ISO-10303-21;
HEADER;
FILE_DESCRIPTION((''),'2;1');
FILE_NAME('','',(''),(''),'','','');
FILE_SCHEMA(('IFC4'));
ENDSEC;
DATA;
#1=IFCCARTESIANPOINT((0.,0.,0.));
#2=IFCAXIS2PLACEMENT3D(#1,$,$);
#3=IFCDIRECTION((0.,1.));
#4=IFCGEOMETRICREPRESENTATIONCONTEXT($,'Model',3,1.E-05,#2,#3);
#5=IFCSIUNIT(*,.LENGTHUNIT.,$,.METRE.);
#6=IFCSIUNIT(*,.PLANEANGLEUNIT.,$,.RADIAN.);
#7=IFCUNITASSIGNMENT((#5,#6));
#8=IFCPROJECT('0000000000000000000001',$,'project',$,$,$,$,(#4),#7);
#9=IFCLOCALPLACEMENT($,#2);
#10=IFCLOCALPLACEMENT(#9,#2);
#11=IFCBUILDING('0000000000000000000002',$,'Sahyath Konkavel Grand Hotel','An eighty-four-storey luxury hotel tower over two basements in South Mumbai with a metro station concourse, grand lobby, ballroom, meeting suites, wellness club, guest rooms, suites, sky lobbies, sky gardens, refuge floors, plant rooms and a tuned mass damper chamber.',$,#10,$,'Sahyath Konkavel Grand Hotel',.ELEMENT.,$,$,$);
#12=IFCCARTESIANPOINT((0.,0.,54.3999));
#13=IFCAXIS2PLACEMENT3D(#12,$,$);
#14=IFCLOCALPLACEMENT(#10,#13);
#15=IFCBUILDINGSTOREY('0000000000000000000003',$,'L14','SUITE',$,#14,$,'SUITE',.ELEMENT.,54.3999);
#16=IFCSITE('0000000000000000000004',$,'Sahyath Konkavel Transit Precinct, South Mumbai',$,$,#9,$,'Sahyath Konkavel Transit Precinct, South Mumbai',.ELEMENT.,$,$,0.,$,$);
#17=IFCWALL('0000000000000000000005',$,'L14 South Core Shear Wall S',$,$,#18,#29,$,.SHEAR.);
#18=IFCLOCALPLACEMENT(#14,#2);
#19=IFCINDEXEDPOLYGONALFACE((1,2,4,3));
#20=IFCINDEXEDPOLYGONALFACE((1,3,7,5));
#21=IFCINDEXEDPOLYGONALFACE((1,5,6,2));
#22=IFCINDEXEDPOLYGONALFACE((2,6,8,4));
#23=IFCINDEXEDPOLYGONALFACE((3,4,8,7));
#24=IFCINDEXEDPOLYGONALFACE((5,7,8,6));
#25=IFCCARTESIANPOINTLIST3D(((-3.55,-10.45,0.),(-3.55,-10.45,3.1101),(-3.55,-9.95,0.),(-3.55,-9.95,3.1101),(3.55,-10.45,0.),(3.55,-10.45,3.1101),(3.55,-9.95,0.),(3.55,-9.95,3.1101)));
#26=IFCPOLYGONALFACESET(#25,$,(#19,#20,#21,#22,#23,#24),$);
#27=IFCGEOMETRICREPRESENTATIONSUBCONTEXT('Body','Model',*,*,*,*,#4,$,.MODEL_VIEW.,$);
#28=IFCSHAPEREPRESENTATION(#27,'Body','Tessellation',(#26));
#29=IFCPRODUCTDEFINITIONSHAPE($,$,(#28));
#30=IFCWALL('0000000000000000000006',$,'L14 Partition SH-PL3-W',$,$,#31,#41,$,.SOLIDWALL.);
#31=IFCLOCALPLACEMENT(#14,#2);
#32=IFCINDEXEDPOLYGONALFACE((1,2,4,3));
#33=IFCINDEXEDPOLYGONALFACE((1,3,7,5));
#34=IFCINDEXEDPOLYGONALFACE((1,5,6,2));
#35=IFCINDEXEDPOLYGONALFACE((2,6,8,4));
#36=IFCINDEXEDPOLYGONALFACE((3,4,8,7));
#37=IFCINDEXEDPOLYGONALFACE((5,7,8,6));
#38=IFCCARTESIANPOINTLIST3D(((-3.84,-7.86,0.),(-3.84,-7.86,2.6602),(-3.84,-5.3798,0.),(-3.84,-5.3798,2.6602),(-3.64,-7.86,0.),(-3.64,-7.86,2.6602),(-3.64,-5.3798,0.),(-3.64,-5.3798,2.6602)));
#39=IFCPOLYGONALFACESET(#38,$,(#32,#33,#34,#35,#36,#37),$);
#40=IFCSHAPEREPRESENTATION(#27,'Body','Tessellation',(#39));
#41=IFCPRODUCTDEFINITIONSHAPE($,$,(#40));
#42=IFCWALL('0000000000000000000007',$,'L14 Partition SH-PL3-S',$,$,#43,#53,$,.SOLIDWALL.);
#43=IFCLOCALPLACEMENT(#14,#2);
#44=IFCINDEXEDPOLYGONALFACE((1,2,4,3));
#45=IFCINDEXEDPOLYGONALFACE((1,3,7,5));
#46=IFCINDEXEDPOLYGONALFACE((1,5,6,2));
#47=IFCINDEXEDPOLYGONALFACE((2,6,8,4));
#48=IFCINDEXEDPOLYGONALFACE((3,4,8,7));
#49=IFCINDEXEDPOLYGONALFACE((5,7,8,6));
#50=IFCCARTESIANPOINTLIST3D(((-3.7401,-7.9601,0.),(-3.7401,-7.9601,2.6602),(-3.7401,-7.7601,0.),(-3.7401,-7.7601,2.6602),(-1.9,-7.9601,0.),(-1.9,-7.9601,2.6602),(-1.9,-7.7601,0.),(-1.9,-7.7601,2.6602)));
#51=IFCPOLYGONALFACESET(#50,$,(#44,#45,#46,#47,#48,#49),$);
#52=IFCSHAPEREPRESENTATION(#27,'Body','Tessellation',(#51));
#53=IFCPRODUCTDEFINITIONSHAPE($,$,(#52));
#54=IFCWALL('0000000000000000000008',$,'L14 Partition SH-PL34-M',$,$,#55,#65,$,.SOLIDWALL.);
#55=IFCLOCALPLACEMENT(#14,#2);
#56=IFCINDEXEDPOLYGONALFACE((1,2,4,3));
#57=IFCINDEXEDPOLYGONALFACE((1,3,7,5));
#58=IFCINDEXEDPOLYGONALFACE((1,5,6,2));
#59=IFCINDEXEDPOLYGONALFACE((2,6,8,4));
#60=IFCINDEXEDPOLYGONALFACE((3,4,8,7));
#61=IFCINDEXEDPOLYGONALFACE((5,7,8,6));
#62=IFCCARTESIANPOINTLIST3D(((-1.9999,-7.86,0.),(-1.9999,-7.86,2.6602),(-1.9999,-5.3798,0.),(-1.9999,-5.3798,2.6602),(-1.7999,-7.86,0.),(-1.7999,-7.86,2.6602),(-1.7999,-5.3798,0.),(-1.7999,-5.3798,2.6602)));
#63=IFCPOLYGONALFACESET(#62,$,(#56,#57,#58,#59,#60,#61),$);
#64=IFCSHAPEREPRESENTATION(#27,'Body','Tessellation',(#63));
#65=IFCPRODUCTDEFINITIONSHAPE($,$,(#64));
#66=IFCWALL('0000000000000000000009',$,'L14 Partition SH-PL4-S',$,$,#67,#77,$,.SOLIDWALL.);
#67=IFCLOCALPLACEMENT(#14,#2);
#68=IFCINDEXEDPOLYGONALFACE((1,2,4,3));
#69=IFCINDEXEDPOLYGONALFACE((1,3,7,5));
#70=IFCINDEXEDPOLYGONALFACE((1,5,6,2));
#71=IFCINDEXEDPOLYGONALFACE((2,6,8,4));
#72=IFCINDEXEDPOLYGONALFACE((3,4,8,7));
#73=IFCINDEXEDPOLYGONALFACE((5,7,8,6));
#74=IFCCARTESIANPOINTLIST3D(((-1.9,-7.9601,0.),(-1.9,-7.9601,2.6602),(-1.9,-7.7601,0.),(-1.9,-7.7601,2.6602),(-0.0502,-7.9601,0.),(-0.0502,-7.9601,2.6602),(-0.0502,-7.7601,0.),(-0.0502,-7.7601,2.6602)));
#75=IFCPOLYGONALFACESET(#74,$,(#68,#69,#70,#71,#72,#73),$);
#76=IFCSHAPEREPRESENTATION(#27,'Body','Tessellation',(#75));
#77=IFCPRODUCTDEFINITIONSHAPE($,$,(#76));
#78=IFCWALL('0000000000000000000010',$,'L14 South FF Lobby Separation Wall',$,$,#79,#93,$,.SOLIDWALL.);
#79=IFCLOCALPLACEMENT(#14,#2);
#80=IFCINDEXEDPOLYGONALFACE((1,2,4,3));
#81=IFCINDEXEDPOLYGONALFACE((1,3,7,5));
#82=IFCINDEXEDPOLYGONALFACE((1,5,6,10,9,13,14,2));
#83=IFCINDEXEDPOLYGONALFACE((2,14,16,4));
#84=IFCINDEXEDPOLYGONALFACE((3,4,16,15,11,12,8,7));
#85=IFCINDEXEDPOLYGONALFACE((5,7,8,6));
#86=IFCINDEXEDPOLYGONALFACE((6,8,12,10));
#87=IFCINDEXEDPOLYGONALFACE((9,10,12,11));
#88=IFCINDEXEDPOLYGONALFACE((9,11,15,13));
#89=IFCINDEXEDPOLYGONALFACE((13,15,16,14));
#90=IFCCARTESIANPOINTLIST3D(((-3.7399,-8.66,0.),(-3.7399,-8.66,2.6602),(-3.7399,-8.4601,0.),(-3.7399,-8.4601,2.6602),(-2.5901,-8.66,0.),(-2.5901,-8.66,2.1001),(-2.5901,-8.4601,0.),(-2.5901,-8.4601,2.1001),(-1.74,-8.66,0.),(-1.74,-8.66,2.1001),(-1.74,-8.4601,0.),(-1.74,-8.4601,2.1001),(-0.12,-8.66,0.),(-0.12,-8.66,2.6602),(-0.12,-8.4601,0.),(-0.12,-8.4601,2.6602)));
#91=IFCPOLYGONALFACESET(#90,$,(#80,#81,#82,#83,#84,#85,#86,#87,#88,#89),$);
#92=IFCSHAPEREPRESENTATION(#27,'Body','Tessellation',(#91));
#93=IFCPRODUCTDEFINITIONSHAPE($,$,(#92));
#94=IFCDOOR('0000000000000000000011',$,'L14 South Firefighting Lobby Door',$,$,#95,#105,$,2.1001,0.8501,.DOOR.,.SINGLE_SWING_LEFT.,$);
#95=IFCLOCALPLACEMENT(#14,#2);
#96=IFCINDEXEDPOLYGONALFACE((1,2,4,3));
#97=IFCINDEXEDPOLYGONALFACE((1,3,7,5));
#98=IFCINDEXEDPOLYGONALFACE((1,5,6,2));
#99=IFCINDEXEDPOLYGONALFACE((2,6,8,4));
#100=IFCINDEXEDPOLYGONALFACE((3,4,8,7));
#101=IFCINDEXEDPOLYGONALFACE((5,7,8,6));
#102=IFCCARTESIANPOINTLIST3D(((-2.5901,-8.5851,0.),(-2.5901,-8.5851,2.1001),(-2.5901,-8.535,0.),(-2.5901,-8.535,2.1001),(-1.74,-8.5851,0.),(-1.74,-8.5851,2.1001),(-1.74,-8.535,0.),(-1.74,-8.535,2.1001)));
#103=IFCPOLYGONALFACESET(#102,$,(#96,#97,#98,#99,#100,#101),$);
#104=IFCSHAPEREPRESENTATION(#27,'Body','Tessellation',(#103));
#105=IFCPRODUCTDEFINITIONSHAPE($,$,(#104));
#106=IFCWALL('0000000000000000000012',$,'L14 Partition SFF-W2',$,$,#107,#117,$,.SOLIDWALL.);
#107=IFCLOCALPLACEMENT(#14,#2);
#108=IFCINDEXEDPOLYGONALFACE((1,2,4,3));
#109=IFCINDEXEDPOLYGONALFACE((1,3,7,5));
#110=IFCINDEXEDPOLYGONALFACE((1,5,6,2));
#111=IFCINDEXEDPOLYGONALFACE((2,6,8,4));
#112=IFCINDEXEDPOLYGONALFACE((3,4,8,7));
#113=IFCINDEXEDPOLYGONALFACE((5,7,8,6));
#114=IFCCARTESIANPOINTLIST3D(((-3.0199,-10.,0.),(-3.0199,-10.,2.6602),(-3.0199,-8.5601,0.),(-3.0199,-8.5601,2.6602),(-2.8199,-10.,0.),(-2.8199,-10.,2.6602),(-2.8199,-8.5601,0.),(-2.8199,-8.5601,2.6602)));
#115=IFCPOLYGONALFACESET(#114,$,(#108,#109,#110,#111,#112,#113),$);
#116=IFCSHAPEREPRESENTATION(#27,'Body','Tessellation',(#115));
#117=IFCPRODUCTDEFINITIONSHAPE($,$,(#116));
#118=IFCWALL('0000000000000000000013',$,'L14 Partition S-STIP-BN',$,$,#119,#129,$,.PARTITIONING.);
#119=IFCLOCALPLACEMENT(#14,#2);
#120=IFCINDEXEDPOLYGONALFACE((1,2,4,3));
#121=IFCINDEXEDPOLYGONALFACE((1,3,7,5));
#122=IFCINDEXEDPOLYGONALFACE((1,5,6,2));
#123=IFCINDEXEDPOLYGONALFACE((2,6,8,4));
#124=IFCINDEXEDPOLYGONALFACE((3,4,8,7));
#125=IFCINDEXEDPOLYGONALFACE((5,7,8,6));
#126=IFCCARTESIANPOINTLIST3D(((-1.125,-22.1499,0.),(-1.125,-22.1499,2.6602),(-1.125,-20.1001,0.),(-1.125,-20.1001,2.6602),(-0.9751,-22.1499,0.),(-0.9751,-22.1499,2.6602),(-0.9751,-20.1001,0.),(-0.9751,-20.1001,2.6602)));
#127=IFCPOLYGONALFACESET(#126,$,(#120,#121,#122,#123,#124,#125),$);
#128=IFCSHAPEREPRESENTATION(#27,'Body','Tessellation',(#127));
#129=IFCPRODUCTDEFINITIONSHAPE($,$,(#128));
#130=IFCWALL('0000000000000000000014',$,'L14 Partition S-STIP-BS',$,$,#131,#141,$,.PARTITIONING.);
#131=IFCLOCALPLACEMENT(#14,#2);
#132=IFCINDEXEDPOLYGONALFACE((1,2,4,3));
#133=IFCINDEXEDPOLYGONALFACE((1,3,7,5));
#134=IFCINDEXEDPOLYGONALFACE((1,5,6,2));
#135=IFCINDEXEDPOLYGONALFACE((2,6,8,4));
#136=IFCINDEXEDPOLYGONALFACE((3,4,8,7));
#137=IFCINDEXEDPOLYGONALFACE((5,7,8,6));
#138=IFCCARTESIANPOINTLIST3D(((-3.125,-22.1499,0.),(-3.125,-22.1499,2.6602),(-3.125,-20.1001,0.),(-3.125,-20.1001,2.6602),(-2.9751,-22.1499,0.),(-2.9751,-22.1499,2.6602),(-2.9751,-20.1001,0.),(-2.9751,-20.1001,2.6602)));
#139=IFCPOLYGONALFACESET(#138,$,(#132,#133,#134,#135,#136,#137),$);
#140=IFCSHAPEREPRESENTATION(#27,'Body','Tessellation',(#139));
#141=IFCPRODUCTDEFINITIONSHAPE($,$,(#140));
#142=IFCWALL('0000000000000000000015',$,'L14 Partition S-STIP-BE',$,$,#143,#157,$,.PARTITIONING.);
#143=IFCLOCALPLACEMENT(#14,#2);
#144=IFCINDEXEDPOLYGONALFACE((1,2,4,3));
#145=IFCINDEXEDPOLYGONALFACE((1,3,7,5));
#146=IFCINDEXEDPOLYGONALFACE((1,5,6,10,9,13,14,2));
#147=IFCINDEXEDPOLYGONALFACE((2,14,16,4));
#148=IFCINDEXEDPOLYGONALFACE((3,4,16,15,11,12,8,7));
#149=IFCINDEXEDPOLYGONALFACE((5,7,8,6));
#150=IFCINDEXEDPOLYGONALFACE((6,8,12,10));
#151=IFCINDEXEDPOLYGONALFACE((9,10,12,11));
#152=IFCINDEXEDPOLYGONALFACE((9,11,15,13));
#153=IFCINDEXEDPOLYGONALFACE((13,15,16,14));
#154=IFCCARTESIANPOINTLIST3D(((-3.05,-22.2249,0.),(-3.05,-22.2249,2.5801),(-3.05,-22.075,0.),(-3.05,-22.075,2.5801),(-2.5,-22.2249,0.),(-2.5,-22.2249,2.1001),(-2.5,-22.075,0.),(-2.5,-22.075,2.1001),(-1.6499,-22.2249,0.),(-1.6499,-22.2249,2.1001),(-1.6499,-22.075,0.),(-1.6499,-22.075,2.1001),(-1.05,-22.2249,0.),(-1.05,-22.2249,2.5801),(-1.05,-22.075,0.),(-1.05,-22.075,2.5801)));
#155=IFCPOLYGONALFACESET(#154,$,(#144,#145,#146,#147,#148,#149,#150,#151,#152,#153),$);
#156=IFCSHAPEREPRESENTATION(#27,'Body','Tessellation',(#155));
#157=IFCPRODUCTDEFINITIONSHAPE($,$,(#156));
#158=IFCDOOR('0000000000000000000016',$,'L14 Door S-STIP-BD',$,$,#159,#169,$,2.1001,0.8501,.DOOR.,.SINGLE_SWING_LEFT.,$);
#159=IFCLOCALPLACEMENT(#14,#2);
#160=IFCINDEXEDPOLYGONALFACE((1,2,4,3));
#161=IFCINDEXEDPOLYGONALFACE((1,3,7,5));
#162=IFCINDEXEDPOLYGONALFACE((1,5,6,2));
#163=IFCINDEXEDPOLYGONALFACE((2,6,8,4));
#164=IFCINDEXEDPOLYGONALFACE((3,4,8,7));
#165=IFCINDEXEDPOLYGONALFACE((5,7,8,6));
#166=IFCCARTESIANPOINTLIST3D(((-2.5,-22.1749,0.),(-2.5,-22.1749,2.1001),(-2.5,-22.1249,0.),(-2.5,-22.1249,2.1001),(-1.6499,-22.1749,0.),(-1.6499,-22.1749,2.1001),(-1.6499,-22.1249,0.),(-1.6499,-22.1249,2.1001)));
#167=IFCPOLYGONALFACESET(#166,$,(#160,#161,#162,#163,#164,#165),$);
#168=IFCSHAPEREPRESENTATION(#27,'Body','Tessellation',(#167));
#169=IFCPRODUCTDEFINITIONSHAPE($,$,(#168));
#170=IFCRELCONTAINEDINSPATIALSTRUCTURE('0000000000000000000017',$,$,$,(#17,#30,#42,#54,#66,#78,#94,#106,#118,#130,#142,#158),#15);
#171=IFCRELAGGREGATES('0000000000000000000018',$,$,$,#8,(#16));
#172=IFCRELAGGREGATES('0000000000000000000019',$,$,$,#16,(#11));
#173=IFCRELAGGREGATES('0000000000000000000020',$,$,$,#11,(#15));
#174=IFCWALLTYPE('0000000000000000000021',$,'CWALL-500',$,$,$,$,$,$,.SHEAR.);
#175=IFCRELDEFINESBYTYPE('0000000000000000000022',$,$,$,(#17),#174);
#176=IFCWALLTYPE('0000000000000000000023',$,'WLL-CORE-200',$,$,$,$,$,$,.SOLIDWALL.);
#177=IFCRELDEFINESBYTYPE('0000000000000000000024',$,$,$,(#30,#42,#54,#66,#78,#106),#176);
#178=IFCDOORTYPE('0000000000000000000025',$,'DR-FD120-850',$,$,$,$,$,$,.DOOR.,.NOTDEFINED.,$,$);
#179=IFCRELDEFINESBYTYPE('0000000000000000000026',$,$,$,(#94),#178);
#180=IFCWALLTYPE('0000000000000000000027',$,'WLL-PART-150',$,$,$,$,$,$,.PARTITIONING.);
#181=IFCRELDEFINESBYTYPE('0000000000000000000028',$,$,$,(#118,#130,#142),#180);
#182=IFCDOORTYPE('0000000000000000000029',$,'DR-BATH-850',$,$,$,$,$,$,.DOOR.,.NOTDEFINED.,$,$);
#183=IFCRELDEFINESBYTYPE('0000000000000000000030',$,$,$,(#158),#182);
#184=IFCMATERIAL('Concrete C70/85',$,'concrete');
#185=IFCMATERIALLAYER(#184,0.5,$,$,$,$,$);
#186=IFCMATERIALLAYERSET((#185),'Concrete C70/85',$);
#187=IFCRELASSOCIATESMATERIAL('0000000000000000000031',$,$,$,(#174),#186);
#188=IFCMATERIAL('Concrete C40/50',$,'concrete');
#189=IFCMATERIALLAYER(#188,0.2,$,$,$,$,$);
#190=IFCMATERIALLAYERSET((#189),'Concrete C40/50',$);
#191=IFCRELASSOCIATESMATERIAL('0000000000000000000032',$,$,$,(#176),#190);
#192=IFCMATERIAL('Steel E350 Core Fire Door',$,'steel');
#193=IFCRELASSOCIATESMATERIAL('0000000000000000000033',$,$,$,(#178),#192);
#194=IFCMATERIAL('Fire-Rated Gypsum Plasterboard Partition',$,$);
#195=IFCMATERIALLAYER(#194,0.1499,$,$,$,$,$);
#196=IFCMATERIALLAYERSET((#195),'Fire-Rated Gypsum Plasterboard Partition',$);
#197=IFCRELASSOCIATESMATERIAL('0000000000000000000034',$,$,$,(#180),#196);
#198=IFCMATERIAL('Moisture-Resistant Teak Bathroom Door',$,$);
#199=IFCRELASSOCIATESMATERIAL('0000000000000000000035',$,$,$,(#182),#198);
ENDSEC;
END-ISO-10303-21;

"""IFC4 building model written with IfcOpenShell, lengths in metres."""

from ifc_helpers import new_model, si_unit, direction, frame, frame_2d, origin, origin_2d, place, context, subcontext, project, spatial, rectangle, extrude, source, transform, mapped, material, layer, layer_set, type_object, element, fill, save


model = new_model("IFC4")

# Units and contexts
model_context = context("Model", 3, precision=1e-05, world=origin(), true_north=direction((0.0, 1.0)))
body_context = subcontext(model_context, "Body", "Model", "MODEL_VIEW")
ifc_project = project(units=[si_unit("LENGTHUNIT", "METRE"), si_unit("PLANEANGLEUNIT", "RADIAN")], contexts=[model_context])

# Site, building, storey
site_placement = place(None, origin())
site = spatial("IfcSite", under=ifc_project, at=site_placement, Name="Sahyath Konkavel Transit Precinct, South Mumbai", LongName="Sahyath Konkavel Transit Precinct, South Mumbai", CompositionType="ELEMENT", RefElevation=0.0)
building_placement = place(site_placement, origin())
building = spatial("IfcBuilding", under=site, at=building_placement, Name="Sahyath Konkavel Grand Hotel", Description="An eighty-four-storey luxury hotel tower over two basements in South Mumbai with a metro station concourse, grand lobby, ballroom, meeting suites, wellness club, guest rooms, suites, sky lobbies, sky gardens, refuge floors, plant rooms and a tuned mass damper chamber.", LongName="Sahyath Konkavel Grand Hotel", CompositionType="ELEMENT")
storey_placement = place(building_placement, frame((0.0, 0.0, 54.3999)))
storey = spatial("IfcBuildingStorey", under=building, at=storey_placement, Name="L14", Description="SUITE", LongName="SUITE", CompositionType="ELEMENT", Elevation=54.3999)

# Shared definitions
ifc_material_1 = material(Name="Concrete C70/85", Category="concrete")

# Walls
ifc_layer_1 = layer(ifc_material_1, 0.5)
ifc_layer_set_1 = layer_set([ifc_layer_1], Name="Concrete C70/85")
wall_type_1 = type_object("IfcWallType", Name="CWALL-500", PredefinedType="SHEAR", material=ifc_layer_set_1)
wall_1_placement = place(storey_placement, frame((-3.55, -10.2, 0.0), z_axis=(0.0, 0.0, 1.0), x_axis=(1.0, 0.0, 0.0)))
element("IfcWall", 1, at=wall_1_placement, inside=storey, type_object=wall_type_1, Name="L14 South Core Shear Wall S", PredefinedType="SHEAR", context=body_context, shape_type="SweptSolid", body=[
    extrude(rectangle(XDim=7.1001, YDim=0.5, at=frame_2d((3.55, 0.0))), origin(), (0.0, 0.0, 1.0), 3.1101),
])
ifc_material_2 = material(Name="Concrete C40/50", Category="concrete")
ifc_layer_2 = layer(ifc_material_2, 0.2)
ifc_layer_set_2 = layer_set([ifc_layer_2], Name="Concrete C40/50")
wall_type_2 = type_object("IfcWallType", Name="WLL-CORE-200", PredefinedType="SOLIDWALL", material=ifc_layer_set_2)
wall_2_placement = place(storey_placement, frame((-3.74, -7.8601, 0.0), z_axis=(0.0, 0.0, 1.0), x_axis=(0.0, 1.0, 0.0)))
element("IfcWall", 2, at=wall_2_placement, inside=storey, type_object=wall_type_2, Name="L14 Partition SH-PL3-W", PredefinedType="SOLIDWALL", context=body_context, shape_type="SweptSolid", body=[
    extrude(rectangle(XDim=2.4802, YDim=0.2, at=frame_2d((1.2402, 0.0))), origin(), (0.0, 0.0, 1.0), 2.6602),
])
wall_3_placement = place(storey_placement, frame((-3.74, -7.8601, 0.0), z_axis=(0.0, 0.0, 1.0), x_axis=(1.0, 0.0, 0.0)))
element("IfcWall", 3, at=wall_3_placement, inside=storey, type_object=wall_type_2, Name="L14 Partition SH-PL3-S", PredefinedType="SOLIDWALL", context=body_context, shape_type="SweptSolid", body=[
    extrude(rectangle(XDim=1.8401, YDim=0.2, at=frame_2d((0.9199, 0.0))), origin(), (0.0, 0.0, 1.0), 2.6602),
])
wall_4_placement = place(storey_placement, frame((-1.8999, -7.8601, 0.0), z_axis=(0.0, 0.0, 1.0), x_axis=(0.0, 1.0, 0.0)))
element("IfcWall", 4, at=wall_4_placement, inside=storey, type_object=wall_type_2, Name="L14 Partition SH-PL34-M", PredefinedType="SOLIDWALL", context=body_context, shape_type="SweptSolid", body=[
    extrude(rectangle(XDim=2.4802, YDim=0.2, at=frame_2d((1.2402, 0.0))), origin(), (0.0, 0.0, 1.0), 2.6602),
])
wall_5_placement = place(storey_placement, frame((-1.8999, -7.8601, 0.0), z_axis=(0.0, 0.0, 1.0), x_axis=(1.0, 0.0, 0.0)))
element("IfcWall", 5, at=wall_5_placement, inside=storey, type_object=wall_type_2, Name="L14 Partition SH-PL4-S", PredefinedType="SOLIDWALL", context=body_context, shape_type="SweptSolid", body=[
    extrude(rectangle(XDim=1.8499, YDim=0.2, at=frame_2d((0.9248, 0.0))), origin(), (0.0, 0.0, 1.0), 2.6602),
])

# Wall, opening, door
wall_6_placement = place(storey_placement, frame((-3.74, -8.5601, 0.0), z_axis=(0.0, 0.0, 1.0), x_axis=(1.0, 0.0, 0.0)))
wall_6 = element("IfcWall", 6, at=wall_6_placement, inside=storey, type_object=wall_type_2, Name="L14 South FF Lobby Separation Wall", PredefinedType="SOLIDWALL", context=body_context, shape_type="SweptSolid", body=[
    extrude(rectangle(XDim=3.6199, YDim=0.2, at=frame_2d((1.8101, 0.0))), origin(), (0.0, 0.0, 1.0), 2.6602),
])
opening_1_placement = place(wall_6_placement, frame((1.1499, 0.0, 0.0)))
opening_1 = element("IfcOpeningElement", 7, at=opening_1_placement, cuts=wall_6, PredefinedType="OPENING", context=body_context, shape_type="SweptSolid", body=[
    extrude(rectangle(XDim=0.8501, YDim=2.1001, at=frame_2d((0.425, 1.05))), frame((0.0, 0.1099, 0.0), z_axis=(0.0, -1.0, 0.0), x_axis=(1.0, 0.0, 0.0)), (0.0, 0.0, 1.0), 0.22),
])
ifc_material_3 = material(Name="Steel E350 Core Fire Door", Category="steel")
door_type_1 = type_object("IfcDoorType", Name="DR-FD120-850", OperationType="NOTDEFINED", PredefinedType="DOOR", material=ifc_material_3)
shared_shape_1 = source(origin(), body_context, "Body", "SweptSolid", [
    extrude(rectangle(XDim=0.8501, YDim=0.05, at=origin_2d()), origin(), (0.0, 0.0, 1.0), 2.1001),
])
door_1_placement = place(opening_1_placement, frame((0.425, 0.0, 0.0)))
door_1 = element("IfcDoor", 8, at=door_1_placement, inside=storey, type_object=door_type_1, Name="L14 South Firefighting Lobby Door", OperationType="SINGLE_SWING_LEFT", OverallHeight=2.1001, OverallWidth=0.8501, PredefinedType="DOOR", context=body_context, shape_type="MappedRepresentation", body=[
    mapped(shared_shape_1, transform((0.0, 0.0, 0.0), scale=1.0)),
])
fill(opening_1, door_1)

# Walls
wall_7_placement = place(storey_placement, frame((-2.9199, -10.0, 0.0), z_axis=(0.0, 0.0, 1.0), x_axis=(0.0, 1.0, 0.0)))
element("IfcWall", 9, at=wall_7_placement, inside=storey, type_object=wall_type_2, Name="L14 Partition SFF-W2", PredefinedType="SOLIDWALL", context=body_context, shape_type="SweptSolid", body=[
    extrude(rectangle(XDim=1.4399, YDim=0.2, at=frame_2d((0.72, 0.0))), origin(), (0.0, 0.0, 1.0), 2.6602),
])
ifc_material_4 = material(Name="Fire-Rated Gypsum Plasterboard Partition")
ifc_layer_3 = layer(ifc_material_4, 0.1499)
ifc_layer_set_3 = layer_set([ifc_layer_3], Name="Fire-Rated Gypsum Plasterboard Partition")
wall_type_3 = type_object("IfcWallType", Name="WLL-PART-150", PredefinedType="PARTITIONING", material=ifc_layer_set_3)
for number, where, z_axis, x_axis, name in (
    (10, (-1.05, -20.1001, 0.0), (0.0, 0.0, 1.0), (0.0, -1.0, 0.0), "L14 Partition S-STIP-BN"),
    (11, (-3.05, -20.1001, 0.0), (0.0, 0.0, 1.0), (0.0, -1.0, 0.0), "L14 Partition S-STIP-BS"),
):
    element("IfcWall", number, at=place(storey_placement, frame(where, z_axis=z_axis, x_axis=x_axis)), inside=storey, type_object=wall_type_3, Name=name, PredefinedType="PARTITIONING", context=body_context, shape_type="SweptSolid", body=[
        extrude(rectangle(XDim=2.0498, YDim=0.1499, at=frame_2d((1.0249, 0.0))), origin(), (0.0, 0.0, 1.0), 2.6602),
    ])

# Wall, opening, door
wall_8_placement = place(storey_placement, frame((-3.05, -22.1499, 0.0), z_axis=(0.0, 0.0, 1.0), x_axis=(1.0, 0.0, 0.0)))
wall_8 = element("IfcWall", 12, at=wall_8_placement, inside=storey, type_object=wall_type_3, Name="L14 Partition S-STIP-BE", PredefinedType="PARTITIONING", context=body_context, shape_type="SweptSolid", body=[
    extrude(rectangle(XDim=2.0, YDim=0.1499, at=frame_2d((1.0, 0.0))), origin(), (0.0, 0.0, 1.0), 2.5801),
])
opening_2_placement = place(wall_8_placement, frame((0.55, 0.0, 0.0)))
opening_2 = element("IfcOpeningElement", 13, at=opening_2_placement, cuts=wall_8, PredefinedType="OPENING", context=body_context, shape_type="SweptSolid", body=[
    extrude(rectangle(XDim=0.8501, YDim=2.1001, at=frame_2d((0.425, 1.05))), frame((0.0, 0.085, 0.0), z_axis=(0.0, -1.0, 0.0), x_axis=(1.0, 0.0, 0.0)), (0.0, 0.0, 1.0), 0.1699),
])
ifc_material_5 = material(Name="Moisture-Resistant Teak Bathroom Door")
door_type_2 = type_object("IfcDoorType", Name="DR-BATH-850", OperationType="NOTDEFINED", PredefinedType="DOOR", material=ifc_material_5)
door_2_placement = place(opening_2_placement, frame((0.425, 0.0, 0.0)))
door_2 = element("IfcDoor", 14, at=door_2_placement, inside=storey, type_object=door_type_2, Name="L14 Door S-STIP-BD", OperationType="SINGLE_SWING_LEFT", OverallHeight=2.1001, OverallWidth=0.8501, PredefinedType="DOOR", context=body_context, shape_type="MappedRepresentation", body=[
    mapped(shared_shape_1, transform((0.0, 0.0, 0.0), scale=1.0)),
])
fill(opening_2, door_2)

save(model, "model.ifc")
